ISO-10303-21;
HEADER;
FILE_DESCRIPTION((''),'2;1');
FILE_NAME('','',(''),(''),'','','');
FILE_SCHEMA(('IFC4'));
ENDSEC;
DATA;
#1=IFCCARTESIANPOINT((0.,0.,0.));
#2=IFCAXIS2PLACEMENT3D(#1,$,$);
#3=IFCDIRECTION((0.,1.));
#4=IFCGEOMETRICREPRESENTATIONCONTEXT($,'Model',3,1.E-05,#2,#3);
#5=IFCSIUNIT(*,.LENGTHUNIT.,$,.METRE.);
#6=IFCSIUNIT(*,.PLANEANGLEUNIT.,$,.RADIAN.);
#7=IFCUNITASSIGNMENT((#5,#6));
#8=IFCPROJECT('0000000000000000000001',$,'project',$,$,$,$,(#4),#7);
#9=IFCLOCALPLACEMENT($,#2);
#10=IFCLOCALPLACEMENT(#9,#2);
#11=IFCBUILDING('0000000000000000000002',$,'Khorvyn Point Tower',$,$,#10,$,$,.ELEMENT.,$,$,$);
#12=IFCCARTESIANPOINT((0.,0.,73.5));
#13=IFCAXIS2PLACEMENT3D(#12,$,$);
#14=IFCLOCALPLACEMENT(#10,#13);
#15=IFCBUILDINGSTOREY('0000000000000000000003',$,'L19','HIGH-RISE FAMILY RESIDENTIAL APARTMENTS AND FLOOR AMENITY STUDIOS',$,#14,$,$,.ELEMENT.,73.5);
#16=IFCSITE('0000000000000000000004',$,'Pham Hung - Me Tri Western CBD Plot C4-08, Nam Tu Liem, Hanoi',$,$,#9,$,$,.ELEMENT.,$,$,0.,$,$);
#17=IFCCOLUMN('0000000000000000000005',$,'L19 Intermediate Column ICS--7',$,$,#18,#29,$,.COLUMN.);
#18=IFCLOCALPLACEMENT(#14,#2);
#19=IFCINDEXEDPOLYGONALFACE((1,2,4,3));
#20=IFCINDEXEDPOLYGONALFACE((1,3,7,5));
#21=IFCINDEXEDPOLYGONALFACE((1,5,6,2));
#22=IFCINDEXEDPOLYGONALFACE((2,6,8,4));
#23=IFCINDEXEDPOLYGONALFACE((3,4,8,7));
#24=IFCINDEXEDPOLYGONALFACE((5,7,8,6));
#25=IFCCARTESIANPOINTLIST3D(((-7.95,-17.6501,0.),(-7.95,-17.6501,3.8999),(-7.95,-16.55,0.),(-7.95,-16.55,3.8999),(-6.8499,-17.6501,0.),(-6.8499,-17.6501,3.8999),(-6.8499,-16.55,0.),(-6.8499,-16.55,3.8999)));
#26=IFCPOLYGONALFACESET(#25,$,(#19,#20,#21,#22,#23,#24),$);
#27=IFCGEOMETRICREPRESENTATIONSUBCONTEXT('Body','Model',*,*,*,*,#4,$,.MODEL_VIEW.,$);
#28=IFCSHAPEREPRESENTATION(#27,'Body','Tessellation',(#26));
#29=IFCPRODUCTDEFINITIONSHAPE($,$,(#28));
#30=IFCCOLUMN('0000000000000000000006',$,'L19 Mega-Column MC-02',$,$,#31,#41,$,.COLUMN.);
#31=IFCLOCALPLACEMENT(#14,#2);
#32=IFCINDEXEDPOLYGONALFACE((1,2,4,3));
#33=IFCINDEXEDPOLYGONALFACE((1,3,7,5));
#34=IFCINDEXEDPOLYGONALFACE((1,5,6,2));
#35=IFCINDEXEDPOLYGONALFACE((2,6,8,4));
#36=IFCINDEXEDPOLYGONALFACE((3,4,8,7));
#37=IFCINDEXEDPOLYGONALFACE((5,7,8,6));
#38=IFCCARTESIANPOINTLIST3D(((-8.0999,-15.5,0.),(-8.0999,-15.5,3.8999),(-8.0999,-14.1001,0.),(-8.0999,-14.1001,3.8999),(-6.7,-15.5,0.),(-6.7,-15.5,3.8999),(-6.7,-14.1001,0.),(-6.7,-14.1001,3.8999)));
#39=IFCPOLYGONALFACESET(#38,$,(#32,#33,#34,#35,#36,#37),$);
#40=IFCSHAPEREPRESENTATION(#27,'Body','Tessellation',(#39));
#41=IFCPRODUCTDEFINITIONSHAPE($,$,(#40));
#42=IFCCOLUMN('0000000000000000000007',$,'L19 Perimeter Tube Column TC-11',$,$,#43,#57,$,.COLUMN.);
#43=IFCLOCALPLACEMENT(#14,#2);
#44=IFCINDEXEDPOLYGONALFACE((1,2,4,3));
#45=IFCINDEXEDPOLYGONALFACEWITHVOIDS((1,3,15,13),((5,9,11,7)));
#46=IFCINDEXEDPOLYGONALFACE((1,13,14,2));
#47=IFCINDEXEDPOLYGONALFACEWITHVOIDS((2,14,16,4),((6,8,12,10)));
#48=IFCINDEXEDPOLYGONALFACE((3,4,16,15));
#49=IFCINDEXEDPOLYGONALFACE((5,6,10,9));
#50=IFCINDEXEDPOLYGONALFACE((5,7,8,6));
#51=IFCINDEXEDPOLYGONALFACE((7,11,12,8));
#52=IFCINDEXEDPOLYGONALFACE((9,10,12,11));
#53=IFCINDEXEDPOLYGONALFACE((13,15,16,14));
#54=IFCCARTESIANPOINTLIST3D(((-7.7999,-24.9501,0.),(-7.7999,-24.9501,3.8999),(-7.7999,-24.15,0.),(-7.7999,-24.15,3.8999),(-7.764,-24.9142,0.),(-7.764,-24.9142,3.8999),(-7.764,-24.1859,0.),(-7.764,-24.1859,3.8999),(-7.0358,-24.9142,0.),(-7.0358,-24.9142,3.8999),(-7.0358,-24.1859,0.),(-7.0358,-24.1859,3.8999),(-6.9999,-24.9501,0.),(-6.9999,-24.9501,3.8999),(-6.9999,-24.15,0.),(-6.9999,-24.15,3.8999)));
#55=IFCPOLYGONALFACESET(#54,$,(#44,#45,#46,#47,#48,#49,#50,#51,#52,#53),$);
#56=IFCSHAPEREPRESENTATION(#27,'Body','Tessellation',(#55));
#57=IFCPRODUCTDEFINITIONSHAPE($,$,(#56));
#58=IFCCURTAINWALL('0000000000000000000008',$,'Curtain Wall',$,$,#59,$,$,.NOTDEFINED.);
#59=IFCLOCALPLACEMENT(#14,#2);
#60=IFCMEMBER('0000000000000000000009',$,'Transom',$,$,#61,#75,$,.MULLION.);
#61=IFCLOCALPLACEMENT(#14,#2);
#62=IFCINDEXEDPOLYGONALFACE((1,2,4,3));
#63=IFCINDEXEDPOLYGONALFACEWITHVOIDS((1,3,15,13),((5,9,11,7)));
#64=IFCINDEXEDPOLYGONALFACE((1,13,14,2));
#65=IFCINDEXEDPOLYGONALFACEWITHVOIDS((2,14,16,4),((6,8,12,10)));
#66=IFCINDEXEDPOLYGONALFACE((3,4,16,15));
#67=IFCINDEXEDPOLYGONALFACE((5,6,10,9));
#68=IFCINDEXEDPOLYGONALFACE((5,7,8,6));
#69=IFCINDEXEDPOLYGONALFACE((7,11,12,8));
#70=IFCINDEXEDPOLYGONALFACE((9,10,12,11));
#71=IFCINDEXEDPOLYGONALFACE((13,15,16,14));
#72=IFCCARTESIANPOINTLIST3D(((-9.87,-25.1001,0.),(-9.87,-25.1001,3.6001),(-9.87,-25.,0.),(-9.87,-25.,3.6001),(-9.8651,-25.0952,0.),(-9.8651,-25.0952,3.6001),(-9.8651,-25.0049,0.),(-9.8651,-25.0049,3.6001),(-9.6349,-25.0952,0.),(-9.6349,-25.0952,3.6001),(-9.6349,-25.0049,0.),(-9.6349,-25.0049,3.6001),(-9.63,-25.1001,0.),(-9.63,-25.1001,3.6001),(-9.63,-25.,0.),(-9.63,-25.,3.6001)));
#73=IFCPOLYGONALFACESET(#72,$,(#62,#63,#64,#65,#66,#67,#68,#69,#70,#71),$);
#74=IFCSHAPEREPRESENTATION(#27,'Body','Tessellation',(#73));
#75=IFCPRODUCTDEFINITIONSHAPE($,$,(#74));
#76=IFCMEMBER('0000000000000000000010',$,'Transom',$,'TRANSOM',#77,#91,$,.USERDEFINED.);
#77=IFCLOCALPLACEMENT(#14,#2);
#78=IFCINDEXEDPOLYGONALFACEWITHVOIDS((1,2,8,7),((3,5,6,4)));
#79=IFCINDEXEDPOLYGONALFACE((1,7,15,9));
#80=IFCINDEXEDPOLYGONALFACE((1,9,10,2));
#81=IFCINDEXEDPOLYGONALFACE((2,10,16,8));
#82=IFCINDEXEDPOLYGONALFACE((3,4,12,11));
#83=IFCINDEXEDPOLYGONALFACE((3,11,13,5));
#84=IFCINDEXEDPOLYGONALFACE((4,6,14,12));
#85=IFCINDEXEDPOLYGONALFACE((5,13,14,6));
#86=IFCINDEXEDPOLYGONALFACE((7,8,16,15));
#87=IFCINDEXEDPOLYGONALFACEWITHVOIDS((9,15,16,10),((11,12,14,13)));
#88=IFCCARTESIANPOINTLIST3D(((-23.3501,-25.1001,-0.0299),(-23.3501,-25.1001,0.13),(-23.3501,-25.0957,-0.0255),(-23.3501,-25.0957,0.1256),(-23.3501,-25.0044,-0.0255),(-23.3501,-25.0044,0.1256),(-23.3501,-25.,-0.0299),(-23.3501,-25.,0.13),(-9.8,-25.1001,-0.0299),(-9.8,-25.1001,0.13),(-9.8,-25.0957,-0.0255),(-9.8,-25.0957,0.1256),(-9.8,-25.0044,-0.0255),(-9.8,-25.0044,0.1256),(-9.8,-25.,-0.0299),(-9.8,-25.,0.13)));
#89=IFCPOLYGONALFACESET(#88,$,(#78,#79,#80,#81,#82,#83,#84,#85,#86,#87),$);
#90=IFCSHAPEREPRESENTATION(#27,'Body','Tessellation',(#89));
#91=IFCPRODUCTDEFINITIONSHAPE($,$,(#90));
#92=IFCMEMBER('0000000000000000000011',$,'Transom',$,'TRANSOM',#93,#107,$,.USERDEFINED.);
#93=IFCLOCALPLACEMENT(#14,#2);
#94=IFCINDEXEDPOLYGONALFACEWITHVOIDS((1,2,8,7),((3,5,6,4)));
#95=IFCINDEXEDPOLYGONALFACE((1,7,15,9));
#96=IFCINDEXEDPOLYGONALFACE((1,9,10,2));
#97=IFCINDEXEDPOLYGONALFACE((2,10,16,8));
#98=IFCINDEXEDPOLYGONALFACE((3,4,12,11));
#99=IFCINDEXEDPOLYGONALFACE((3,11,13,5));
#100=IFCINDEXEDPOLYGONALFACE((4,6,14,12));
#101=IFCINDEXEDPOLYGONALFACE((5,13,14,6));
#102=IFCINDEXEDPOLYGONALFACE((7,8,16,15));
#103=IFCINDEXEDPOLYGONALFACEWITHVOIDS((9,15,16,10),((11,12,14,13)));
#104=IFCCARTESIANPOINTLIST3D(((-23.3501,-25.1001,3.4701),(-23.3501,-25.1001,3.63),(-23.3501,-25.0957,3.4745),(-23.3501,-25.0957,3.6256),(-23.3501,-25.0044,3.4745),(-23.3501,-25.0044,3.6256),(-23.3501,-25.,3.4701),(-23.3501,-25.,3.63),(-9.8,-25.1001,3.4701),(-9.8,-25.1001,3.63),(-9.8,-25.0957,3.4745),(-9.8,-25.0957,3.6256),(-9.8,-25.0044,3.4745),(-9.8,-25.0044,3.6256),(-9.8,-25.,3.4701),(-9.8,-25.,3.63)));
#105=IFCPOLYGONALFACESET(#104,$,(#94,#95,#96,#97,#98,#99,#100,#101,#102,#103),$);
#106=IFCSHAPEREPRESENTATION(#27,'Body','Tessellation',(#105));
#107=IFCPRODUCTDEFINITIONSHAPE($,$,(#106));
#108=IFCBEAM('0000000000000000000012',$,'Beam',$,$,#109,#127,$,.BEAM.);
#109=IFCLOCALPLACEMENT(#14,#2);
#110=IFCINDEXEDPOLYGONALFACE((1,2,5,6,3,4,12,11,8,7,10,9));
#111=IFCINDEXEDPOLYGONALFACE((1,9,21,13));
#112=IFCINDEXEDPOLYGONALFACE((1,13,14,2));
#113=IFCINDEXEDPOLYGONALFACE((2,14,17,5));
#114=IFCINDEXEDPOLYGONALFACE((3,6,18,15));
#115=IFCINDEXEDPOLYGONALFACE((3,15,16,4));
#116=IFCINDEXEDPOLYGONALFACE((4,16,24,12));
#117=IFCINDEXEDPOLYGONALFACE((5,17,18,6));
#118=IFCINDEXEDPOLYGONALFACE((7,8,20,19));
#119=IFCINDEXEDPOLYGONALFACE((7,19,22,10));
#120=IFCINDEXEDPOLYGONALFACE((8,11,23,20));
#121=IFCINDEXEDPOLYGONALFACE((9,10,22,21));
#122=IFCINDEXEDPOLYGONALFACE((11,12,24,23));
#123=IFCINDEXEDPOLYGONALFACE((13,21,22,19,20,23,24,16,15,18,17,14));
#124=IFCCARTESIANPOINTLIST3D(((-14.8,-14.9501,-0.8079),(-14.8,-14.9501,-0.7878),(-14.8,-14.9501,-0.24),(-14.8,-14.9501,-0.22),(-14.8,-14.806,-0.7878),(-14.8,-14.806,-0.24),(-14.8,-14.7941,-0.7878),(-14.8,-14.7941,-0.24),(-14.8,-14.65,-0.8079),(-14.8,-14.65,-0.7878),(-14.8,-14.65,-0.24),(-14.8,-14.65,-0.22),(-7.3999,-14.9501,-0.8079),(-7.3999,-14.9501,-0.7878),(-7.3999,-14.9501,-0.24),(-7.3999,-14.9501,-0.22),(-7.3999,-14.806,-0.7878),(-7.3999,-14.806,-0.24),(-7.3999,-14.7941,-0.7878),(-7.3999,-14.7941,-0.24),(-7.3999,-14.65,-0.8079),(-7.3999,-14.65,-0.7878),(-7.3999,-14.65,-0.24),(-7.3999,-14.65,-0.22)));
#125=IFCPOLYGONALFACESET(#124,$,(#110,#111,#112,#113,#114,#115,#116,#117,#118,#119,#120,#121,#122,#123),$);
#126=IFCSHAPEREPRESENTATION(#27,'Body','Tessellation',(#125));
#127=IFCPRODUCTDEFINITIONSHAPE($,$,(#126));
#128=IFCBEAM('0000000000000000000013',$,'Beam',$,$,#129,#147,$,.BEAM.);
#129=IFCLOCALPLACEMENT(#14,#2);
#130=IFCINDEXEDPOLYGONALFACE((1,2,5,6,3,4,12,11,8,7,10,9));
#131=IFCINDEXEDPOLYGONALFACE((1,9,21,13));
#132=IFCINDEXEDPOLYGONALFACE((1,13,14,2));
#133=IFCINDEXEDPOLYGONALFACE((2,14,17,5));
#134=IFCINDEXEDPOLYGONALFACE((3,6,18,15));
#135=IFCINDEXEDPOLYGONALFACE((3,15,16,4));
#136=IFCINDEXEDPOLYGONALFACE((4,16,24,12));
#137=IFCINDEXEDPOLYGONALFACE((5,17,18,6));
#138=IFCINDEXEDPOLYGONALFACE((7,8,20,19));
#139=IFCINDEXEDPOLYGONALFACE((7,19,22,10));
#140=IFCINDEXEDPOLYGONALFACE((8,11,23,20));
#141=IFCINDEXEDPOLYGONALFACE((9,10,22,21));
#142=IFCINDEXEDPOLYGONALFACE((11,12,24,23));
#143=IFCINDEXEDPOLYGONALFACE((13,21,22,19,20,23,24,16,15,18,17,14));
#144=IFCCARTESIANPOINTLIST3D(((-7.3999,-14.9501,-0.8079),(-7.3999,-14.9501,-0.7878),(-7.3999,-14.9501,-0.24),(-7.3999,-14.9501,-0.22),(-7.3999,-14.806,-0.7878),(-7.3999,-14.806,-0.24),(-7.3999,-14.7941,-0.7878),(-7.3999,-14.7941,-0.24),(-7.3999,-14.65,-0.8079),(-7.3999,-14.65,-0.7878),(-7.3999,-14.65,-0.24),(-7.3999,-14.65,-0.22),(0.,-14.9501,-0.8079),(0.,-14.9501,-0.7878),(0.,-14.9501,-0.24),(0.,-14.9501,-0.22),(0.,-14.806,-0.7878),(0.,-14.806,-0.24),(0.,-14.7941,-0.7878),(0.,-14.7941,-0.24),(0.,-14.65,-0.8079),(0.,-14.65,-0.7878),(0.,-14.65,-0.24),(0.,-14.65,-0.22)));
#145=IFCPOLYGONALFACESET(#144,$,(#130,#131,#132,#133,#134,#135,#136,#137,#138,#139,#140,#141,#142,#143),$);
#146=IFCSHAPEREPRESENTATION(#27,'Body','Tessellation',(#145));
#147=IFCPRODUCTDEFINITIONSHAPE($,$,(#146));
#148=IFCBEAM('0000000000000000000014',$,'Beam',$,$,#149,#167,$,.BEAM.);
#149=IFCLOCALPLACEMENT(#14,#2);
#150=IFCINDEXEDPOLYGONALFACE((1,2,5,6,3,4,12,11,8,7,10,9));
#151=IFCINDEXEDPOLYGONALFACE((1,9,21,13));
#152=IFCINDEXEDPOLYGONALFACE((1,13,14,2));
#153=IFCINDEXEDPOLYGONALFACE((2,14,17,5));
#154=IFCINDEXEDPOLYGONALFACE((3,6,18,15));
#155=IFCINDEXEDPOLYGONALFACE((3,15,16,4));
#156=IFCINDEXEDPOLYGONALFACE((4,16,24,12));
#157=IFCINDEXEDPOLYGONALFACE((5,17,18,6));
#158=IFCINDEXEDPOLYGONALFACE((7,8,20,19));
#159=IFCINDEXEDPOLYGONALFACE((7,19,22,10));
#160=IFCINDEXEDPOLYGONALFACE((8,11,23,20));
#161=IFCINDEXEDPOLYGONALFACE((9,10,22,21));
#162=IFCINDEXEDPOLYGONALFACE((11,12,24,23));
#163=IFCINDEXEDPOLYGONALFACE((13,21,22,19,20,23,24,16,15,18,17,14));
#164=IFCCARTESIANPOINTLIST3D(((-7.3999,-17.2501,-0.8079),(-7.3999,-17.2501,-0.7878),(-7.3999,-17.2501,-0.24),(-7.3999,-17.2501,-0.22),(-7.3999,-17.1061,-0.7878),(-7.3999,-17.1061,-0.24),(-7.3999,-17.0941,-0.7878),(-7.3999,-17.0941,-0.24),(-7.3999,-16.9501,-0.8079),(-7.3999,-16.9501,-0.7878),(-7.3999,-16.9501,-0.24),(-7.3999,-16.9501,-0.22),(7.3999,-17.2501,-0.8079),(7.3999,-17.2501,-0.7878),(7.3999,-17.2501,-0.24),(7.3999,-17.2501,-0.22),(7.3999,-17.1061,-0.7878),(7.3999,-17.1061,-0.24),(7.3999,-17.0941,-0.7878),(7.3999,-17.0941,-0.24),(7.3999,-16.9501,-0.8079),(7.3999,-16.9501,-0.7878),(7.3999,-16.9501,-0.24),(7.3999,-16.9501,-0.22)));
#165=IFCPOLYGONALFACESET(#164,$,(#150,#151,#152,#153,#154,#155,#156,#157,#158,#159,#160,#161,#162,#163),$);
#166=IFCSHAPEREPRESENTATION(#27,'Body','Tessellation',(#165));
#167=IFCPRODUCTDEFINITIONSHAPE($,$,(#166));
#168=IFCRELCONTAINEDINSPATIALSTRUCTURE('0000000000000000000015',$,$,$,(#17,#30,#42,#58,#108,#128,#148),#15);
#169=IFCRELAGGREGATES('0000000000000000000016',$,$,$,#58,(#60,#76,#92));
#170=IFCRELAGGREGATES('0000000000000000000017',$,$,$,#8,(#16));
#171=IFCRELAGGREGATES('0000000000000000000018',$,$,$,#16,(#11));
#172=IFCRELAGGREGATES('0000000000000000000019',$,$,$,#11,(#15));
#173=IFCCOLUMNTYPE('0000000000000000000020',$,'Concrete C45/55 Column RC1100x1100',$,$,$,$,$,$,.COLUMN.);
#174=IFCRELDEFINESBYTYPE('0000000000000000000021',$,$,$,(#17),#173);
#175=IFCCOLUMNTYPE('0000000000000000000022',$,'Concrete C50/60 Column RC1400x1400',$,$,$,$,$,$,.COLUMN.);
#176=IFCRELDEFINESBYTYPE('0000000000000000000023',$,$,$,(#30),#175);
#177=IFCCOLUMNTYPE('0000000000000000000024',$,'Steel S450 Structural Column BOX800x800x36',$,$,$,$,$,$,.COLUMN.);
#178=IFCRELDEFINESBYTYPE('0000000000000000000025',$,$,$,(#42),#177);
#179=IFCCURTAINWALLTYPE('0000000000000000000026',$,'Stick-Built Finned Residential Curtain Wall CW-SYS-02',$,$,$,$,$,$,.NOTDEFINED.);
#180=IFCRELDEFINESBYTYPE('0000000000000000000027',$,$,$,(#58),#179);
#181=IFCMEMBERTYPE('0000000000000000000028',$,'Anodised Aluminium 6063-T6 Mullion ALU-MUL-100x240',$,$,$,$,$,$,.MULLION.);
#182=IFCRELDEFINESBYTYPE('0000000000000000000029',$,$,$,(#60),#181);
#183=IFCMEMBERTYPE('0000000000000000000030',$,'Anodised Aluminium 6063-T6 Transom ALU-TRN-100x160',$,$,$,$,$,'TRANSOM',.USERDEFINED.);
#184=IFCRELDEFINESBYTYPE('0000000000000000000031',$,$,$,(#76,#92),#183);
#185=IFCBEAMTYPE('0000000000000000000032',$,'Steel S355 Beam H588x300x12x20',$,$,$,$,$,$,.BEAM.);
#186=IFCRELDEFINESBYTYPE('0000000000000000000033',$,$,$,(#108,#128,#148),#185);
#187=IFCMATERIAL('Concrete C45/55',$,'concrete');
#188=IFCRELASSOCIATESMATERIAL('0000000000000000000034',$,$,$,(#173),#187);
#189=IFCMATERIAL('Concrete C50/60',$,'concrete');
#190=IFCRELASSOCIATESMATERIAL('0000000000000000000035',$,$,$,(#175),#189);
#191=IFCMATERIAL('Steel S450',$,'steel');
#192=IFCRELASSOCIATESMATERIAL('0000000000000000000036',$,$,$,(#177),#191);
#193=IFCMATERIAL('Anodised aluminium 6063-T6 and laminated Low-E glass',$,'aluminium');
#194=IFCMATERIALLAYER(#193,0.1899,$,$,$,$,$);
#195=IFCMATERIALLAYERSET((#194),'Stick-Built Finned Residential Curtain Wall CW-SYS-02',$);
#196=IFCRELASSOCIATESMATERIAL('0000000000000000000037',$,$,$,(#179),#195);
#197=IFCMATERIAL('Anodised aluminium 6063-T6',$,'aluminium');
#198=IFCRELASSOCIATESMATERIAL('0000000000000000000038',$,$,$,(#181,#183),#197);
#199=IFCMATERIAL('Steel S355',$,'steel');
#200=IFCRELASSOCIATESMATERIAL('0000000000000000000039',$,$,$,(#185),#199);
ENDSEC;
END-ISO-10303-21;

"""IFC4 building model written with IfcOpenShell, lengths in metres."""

from ifc_helpers import new_model, si_unit, direction, frame, origin, origin_2d, place, context, subcontext, project, spatial, rectangle, hollow_rectangle, i_section, extrude, material, layer, layer_set, material_profile, profile_set, type_object, element, aggregate, save


model = new_model("IFC4")

# Units and contexts
model_context = context("Model", 3, precision=1e-05, world=origin(), true_north=direction((0.0, 1.0)))
body_context = subcontext(model_context, "Body", "Model", "MODEL_VIEW")
ifc_project = project(units=[si_unit("LENGTHUNIT", "METRE"), si_unit("PLANEANGLEUNIT", "RADIAN")], contexts=[model_context])

# Site, building, storey
site_placement = place(None, origin())
site = spatial("IfcSite", under=ifc_project, at=site_placement, Name="Pham Hung - Me Tri Western CBD Plot C4-08, Nam Tu Liem, Hanoi", CompositionType="ELEMENT", RefElevation=0.0)
building_placement = place(site_placement, origin())
building = spatial("IfcBuilding", under=site, at=building_placement, Name="Khorvyn Point Tower", CompositionType="ELEMENT")
storey_placement = place(building_placement, frame((0.0, 0.0, 73.5)))
storey = spatial("IfcBuildingStorey", under=building, at=storey_placement, Name="L19", Description="HIGH-RISE FAMILY RESIDENTIAL APARTMENTS AND FLOOR AMENITY STUDIOS", CompositionType="ELEMENT", Elevation=73.5)

# Columns
ifc_material_1 = material(Name="Concrete C45/55", Category="concrete")
ifc_material_profile_1 = material_profile(ifc_material_1, rectangle(XDim=1.1001, YDim=1.1001, at=origin_2d()))
ifc_profile_set_1 = profile_set([ifc_material_profile_1], Name="Concrete C45/55 RC1100x1100")
column_type_1 = type_object("IfcColumnType", Name="Concrete C45/55 Column RC1100x1100", PredefinedType="COLUMN", material=ifc_profile_set_1)
column_1_placement = place(storey_placement, frame((-7.3999, -17.1001, 0.0), z_axis=(0.0, 0.0, 1.0), x_axis=(1.0, 0.0, 0.0)))
element("IfcColumn", 1, at=column_1_placement, inside=storey, type_object=column_type_1, Name="L19 Intermediate Column ICS--7", PredefinedType="COLUMN", context=body_context, shape_type="SweptSolid", body=[
    extrude(rectangle(XDim=1.1001, YDim=1.1001, at=origin_2d()), origin(), (0.0, 0.0, 1.0), 3.8999),
])
ifc_material_2 = material(Name="Concrete C50/60", Category="concrete")
ifc_material_profile_2 = material_profile(ifc_material_2, rectangle(XDim=1.3999, YDim=1.3999, at=origin_2d()))
ifc_profile_set_2 = profile_set([ifc_material_profile_2], Name="Concrete C50/60 RC1400x1400")
column_type_2 = type_object("IfcColumnType", Name="Concrete C50/60 Column RC1400x1400", PredefinedType="COLUMN", material=ifc_profile_set_2)
column_2_placement = place(storey_placement, frame((-7.3999, -14.8, 0.0), z_axis=(0.0, 0.0, 1.0), x_axis=(1.0, 0.0, 0.0)))
element("IfcColumn", 2, at=column_2_placement, inside=storey, type_object=column_type_2, Name="L19 Mega-Column MC-02", PredefinedType="COLUMN", context=body_context, shape_type="SweptSolid", body=[
    extrude(rectangle(XDim=1.3999, YDim=1.3999, at=origin_2d()), origin(), (0.0, 0.0, 1.0), 3.8999),
])
ifc_material_3 = material(Name="Steel S450", Category="steel")
ifc_material_profile_3 = material_profile(ifc_material_3, hollow_rectangle(XDim=0.8, YDim=0.8, WallThickness=0.0359, at=origin_2d()))
ifc_profile_set_3 = profile_set([ifc_material_profile_3], Name="Steel S450 BOX800x800x36")
column_type_3 = type_object("IfcColumnType", Name="Steel S450 Structural Column BOX800x800x36", PredefinedType="COLUMN", material=ifc_profile_set_3)
column_3_placement = place(storey_placement, frame((-7.3999, -24.55, 0.0), z_axis=(0.0, 0.0, 1.0), x_axis=(1.0, 0.0, 0.0)))
element("IfcColumn", 3, at=column_3_placement, inside=storey, type_object=column_type_3, Name="L19 Perimeter Tube Column TC-11", PredefinedType="COLUMN", context=body_context, shape_type="SweptSolid", body=[
    extrude(hollow_rectangle(XDim=0.8, YDim=0.8, WallThickness=0.0359, at=origin_2d()), origin(), (0.0, 0.0, 1.0), 3.8999),
])

# Curtain wall, members
ifc_material_4 = material(Name="Anodised aluminium 6063-T6 and laminated Low-E glass", Category="aluminium")
ifc_layer_1 = layer(ifc_material_4, 0.1899)
ifc_layer_set_1 = layer_set([ifc_layer_1], Name="Stick-Built Finned Residential Curtain Wall CW-SYS-02")
curtain_wall_type = type_object("IfcCurtainWallType", Name="Stick-Built Finned Residential Curtain Wall CW-SYS-02", PredefinedType="NOTDEFINED", material=ifc_layer_set_1)
curtain_wall_placement = place(storey_placement, origin())
curtain_wall = element("IfcCurtainWall", 4, at=curtain_wall_placement, inside=storey, type_object=curtain_wall_type, Name="Curtain Wall", PredefinedType="NOTDEFINED")
ifc_material_5 = material(Name="Anodised aluminium 6063-T6", Category="aluminium")
ifc_material_profile_4 = material_profile(ifc_material_5, hollow_rectangle(XDim=0.1001, YDim=0.24, WallThickness=0.0049, at=origin_2d()))
ifc_profile_set_4 = profile_set([ifc_material_profile_4], Name="Anodised aluminium 6063-T6 ALU-MUL-100x240")
member_type_1 = type_object("IfcMemberType", Name="Anodised Aluminium 6063-T6 Mullion ALU-MUL-100x240", PredefinedType="MULLION", material=ifc_profile_set_4)
member_1_placement = place(storey_placement, frame((-9.75, -25.05, 0.0), z_axis=(0.0, 0.0, 1.0), x_axis=(0.0, -1.0, 0.0)))
member_1 = element("IfcMember", 5, at=member_1_placement, type_object=member_type_1, Name="Transom", PredefinedType="MULLION", context=body_context, shape_type="SweptSolid", body=[
    extrude(hollow_rectangle(XDim=0.1001, YDim=0.24, WallThickness=0.0049, at=origin_2d()), origin(), (0.0, 0.0, 1.0), 3.6001),
])
ifc_material_profile_5 = material_profile(ifc_material_5, hollow_rectangle(XDim=0.1001, YDim=0.1599, WallThickness=0.0044, at=origin_2d()))
ifc_profile_set_5 = profile_set([ifc_material_profile_5], Name="Anodised aluminium 6063-T6 ALU-TRN-100x160")
member_type_2 = type_object("IfcMemberType", Name="Anodised Aluminium 6063-T6 Transom ALU-TRN-100x160", ElementType="TRANSOM", PredefinedType="USERDEFINED", material=ifc_profile_set_5)
member_2_placement = place(storey_placement, frame((-9.8, -25.05, 0.05), z_axis=(-1.0, 0.0, 0.0), x_axis=(0.0, -1.0, 0.0)))
member_2 = element("IfcMember", 6, at=member_2_placement, type_object=member_type_2, Name="Transom", ObjectType="TRANSOM", PredefinedType="USERDEFINED", context=body_context, shape_type="SweptSolid", body=[
    extrude(hollow_rectangle(XDim=0.1001, YDim=0.1599, WallThickness=0.0044, at=origin_2d()), origin(), (0.0, 0.0, 1.0), 13.55),
])
member_3_placement = place(storey_placement, frame((-9.8, -25.05, 3.55), z_axis=(-1.0, 0.0, 0.0), x_axis=(0.0, -1.0, 0.0)))
member_3 = element("IfcMember", 7, at=member_3_placement, type_object=member_type_2, Name="Transom", ObjectType="TRANSOM", PredefinedType="USERDEFINED", context=body_context, shape_type="SweptSolid", body=[
    extrude(hollow_rectangle(XDim=0.1001, YDim=0.1599, WallThickness=0.0044, at=origin_2d()), origin(), (0.0, 0.0, 1.0), 13.55),
])

# Beams
ifc_material_6 = material(Name="Steel S355", Category="steel")
ifc_material_profile_6 = material_profile(ifc_material_6, i_section(OverallWidth=0.3, OverallDepth=0.5879, WebThickness=0.012, FlangeThickness=0.02, at=origin_2d()))
ifc_profile_set_6 = profile_set([ifc_material_profile_6], Name="Steel S355 H588x300x12x20")
beam_type_1 = type_object("IfcBeamType", Name="Steel S355 Beam H588x300x12x20", PredefinedType="BEAM", material=ifc_profile_set_6)
beam_1_placement = place(storey_placement, frame((-14.8, -14.8, -0.5139), z_axis=(1.0, 0.0, 0.0), x_axis=(0.0, 1.0, 0.0)))
element("IfcBeam", 8, at=beam_1_placement, inside=storey, type_object=beam_type_1, Name="Beam", PredefinedType="BEAM", context=body_context, shape_type="SweptSolid", body=[
    extrude(i_section(OverallWidth=0.3, OverallDepth=0.5879, WebThickness=0.012, FlangeThickness=0.02, at=origin_2d()), origin(), (0.0, 0.0, 1.0), 7.4001),
])
beam_2_placement = place(storey_placement, frame((-7.3999, -14.8, -0.5139), z_axis=(1.0, 0.0, 0.0), x_axis=(0.0, 1.0, 0.0)))
element("IfcBeam", 9, at=beam_2_placement, inside=storey, type_object=beam_type_1, Name="Beam", PredefinedType="BEAM", context=body_context, shape_type="SweptSolid", body=[
    extrude(i_section(OverallWidth=0.3, OverallDepth=0.5879, WebThickness=0.012, FlangeThickness=0.02, at=origin_2d()), origin(), (0.0, 0.0, 1.0), 7.3999),
])
beam_3_placement = place(storey_placement, frame((-7.3999, -17.1001, -0.5139), z_axis=(1.0, 0.0, 0.0), x_axis=(0.0, 1.0, 0.0)))
element("IfcBeam", 10, at=beam_3_placement, inside=storey, type_object=beam_type_1, Name="Beam", PredefinedType="BEAM", context=body_context, shape_type="SweptSolid", body=[
    extrude(i_section(OverallWidth=0.3, OverallDepth=0.5879, WebThickness=0.012, FlangeThickness=0.02, at=origin_2d()), origin(), (0.0, 0.0, 1.0), 14.7998),
])

aggregate(curtain_wall, [member_1, member_2, member_3])

save(model, "model.ifc")
